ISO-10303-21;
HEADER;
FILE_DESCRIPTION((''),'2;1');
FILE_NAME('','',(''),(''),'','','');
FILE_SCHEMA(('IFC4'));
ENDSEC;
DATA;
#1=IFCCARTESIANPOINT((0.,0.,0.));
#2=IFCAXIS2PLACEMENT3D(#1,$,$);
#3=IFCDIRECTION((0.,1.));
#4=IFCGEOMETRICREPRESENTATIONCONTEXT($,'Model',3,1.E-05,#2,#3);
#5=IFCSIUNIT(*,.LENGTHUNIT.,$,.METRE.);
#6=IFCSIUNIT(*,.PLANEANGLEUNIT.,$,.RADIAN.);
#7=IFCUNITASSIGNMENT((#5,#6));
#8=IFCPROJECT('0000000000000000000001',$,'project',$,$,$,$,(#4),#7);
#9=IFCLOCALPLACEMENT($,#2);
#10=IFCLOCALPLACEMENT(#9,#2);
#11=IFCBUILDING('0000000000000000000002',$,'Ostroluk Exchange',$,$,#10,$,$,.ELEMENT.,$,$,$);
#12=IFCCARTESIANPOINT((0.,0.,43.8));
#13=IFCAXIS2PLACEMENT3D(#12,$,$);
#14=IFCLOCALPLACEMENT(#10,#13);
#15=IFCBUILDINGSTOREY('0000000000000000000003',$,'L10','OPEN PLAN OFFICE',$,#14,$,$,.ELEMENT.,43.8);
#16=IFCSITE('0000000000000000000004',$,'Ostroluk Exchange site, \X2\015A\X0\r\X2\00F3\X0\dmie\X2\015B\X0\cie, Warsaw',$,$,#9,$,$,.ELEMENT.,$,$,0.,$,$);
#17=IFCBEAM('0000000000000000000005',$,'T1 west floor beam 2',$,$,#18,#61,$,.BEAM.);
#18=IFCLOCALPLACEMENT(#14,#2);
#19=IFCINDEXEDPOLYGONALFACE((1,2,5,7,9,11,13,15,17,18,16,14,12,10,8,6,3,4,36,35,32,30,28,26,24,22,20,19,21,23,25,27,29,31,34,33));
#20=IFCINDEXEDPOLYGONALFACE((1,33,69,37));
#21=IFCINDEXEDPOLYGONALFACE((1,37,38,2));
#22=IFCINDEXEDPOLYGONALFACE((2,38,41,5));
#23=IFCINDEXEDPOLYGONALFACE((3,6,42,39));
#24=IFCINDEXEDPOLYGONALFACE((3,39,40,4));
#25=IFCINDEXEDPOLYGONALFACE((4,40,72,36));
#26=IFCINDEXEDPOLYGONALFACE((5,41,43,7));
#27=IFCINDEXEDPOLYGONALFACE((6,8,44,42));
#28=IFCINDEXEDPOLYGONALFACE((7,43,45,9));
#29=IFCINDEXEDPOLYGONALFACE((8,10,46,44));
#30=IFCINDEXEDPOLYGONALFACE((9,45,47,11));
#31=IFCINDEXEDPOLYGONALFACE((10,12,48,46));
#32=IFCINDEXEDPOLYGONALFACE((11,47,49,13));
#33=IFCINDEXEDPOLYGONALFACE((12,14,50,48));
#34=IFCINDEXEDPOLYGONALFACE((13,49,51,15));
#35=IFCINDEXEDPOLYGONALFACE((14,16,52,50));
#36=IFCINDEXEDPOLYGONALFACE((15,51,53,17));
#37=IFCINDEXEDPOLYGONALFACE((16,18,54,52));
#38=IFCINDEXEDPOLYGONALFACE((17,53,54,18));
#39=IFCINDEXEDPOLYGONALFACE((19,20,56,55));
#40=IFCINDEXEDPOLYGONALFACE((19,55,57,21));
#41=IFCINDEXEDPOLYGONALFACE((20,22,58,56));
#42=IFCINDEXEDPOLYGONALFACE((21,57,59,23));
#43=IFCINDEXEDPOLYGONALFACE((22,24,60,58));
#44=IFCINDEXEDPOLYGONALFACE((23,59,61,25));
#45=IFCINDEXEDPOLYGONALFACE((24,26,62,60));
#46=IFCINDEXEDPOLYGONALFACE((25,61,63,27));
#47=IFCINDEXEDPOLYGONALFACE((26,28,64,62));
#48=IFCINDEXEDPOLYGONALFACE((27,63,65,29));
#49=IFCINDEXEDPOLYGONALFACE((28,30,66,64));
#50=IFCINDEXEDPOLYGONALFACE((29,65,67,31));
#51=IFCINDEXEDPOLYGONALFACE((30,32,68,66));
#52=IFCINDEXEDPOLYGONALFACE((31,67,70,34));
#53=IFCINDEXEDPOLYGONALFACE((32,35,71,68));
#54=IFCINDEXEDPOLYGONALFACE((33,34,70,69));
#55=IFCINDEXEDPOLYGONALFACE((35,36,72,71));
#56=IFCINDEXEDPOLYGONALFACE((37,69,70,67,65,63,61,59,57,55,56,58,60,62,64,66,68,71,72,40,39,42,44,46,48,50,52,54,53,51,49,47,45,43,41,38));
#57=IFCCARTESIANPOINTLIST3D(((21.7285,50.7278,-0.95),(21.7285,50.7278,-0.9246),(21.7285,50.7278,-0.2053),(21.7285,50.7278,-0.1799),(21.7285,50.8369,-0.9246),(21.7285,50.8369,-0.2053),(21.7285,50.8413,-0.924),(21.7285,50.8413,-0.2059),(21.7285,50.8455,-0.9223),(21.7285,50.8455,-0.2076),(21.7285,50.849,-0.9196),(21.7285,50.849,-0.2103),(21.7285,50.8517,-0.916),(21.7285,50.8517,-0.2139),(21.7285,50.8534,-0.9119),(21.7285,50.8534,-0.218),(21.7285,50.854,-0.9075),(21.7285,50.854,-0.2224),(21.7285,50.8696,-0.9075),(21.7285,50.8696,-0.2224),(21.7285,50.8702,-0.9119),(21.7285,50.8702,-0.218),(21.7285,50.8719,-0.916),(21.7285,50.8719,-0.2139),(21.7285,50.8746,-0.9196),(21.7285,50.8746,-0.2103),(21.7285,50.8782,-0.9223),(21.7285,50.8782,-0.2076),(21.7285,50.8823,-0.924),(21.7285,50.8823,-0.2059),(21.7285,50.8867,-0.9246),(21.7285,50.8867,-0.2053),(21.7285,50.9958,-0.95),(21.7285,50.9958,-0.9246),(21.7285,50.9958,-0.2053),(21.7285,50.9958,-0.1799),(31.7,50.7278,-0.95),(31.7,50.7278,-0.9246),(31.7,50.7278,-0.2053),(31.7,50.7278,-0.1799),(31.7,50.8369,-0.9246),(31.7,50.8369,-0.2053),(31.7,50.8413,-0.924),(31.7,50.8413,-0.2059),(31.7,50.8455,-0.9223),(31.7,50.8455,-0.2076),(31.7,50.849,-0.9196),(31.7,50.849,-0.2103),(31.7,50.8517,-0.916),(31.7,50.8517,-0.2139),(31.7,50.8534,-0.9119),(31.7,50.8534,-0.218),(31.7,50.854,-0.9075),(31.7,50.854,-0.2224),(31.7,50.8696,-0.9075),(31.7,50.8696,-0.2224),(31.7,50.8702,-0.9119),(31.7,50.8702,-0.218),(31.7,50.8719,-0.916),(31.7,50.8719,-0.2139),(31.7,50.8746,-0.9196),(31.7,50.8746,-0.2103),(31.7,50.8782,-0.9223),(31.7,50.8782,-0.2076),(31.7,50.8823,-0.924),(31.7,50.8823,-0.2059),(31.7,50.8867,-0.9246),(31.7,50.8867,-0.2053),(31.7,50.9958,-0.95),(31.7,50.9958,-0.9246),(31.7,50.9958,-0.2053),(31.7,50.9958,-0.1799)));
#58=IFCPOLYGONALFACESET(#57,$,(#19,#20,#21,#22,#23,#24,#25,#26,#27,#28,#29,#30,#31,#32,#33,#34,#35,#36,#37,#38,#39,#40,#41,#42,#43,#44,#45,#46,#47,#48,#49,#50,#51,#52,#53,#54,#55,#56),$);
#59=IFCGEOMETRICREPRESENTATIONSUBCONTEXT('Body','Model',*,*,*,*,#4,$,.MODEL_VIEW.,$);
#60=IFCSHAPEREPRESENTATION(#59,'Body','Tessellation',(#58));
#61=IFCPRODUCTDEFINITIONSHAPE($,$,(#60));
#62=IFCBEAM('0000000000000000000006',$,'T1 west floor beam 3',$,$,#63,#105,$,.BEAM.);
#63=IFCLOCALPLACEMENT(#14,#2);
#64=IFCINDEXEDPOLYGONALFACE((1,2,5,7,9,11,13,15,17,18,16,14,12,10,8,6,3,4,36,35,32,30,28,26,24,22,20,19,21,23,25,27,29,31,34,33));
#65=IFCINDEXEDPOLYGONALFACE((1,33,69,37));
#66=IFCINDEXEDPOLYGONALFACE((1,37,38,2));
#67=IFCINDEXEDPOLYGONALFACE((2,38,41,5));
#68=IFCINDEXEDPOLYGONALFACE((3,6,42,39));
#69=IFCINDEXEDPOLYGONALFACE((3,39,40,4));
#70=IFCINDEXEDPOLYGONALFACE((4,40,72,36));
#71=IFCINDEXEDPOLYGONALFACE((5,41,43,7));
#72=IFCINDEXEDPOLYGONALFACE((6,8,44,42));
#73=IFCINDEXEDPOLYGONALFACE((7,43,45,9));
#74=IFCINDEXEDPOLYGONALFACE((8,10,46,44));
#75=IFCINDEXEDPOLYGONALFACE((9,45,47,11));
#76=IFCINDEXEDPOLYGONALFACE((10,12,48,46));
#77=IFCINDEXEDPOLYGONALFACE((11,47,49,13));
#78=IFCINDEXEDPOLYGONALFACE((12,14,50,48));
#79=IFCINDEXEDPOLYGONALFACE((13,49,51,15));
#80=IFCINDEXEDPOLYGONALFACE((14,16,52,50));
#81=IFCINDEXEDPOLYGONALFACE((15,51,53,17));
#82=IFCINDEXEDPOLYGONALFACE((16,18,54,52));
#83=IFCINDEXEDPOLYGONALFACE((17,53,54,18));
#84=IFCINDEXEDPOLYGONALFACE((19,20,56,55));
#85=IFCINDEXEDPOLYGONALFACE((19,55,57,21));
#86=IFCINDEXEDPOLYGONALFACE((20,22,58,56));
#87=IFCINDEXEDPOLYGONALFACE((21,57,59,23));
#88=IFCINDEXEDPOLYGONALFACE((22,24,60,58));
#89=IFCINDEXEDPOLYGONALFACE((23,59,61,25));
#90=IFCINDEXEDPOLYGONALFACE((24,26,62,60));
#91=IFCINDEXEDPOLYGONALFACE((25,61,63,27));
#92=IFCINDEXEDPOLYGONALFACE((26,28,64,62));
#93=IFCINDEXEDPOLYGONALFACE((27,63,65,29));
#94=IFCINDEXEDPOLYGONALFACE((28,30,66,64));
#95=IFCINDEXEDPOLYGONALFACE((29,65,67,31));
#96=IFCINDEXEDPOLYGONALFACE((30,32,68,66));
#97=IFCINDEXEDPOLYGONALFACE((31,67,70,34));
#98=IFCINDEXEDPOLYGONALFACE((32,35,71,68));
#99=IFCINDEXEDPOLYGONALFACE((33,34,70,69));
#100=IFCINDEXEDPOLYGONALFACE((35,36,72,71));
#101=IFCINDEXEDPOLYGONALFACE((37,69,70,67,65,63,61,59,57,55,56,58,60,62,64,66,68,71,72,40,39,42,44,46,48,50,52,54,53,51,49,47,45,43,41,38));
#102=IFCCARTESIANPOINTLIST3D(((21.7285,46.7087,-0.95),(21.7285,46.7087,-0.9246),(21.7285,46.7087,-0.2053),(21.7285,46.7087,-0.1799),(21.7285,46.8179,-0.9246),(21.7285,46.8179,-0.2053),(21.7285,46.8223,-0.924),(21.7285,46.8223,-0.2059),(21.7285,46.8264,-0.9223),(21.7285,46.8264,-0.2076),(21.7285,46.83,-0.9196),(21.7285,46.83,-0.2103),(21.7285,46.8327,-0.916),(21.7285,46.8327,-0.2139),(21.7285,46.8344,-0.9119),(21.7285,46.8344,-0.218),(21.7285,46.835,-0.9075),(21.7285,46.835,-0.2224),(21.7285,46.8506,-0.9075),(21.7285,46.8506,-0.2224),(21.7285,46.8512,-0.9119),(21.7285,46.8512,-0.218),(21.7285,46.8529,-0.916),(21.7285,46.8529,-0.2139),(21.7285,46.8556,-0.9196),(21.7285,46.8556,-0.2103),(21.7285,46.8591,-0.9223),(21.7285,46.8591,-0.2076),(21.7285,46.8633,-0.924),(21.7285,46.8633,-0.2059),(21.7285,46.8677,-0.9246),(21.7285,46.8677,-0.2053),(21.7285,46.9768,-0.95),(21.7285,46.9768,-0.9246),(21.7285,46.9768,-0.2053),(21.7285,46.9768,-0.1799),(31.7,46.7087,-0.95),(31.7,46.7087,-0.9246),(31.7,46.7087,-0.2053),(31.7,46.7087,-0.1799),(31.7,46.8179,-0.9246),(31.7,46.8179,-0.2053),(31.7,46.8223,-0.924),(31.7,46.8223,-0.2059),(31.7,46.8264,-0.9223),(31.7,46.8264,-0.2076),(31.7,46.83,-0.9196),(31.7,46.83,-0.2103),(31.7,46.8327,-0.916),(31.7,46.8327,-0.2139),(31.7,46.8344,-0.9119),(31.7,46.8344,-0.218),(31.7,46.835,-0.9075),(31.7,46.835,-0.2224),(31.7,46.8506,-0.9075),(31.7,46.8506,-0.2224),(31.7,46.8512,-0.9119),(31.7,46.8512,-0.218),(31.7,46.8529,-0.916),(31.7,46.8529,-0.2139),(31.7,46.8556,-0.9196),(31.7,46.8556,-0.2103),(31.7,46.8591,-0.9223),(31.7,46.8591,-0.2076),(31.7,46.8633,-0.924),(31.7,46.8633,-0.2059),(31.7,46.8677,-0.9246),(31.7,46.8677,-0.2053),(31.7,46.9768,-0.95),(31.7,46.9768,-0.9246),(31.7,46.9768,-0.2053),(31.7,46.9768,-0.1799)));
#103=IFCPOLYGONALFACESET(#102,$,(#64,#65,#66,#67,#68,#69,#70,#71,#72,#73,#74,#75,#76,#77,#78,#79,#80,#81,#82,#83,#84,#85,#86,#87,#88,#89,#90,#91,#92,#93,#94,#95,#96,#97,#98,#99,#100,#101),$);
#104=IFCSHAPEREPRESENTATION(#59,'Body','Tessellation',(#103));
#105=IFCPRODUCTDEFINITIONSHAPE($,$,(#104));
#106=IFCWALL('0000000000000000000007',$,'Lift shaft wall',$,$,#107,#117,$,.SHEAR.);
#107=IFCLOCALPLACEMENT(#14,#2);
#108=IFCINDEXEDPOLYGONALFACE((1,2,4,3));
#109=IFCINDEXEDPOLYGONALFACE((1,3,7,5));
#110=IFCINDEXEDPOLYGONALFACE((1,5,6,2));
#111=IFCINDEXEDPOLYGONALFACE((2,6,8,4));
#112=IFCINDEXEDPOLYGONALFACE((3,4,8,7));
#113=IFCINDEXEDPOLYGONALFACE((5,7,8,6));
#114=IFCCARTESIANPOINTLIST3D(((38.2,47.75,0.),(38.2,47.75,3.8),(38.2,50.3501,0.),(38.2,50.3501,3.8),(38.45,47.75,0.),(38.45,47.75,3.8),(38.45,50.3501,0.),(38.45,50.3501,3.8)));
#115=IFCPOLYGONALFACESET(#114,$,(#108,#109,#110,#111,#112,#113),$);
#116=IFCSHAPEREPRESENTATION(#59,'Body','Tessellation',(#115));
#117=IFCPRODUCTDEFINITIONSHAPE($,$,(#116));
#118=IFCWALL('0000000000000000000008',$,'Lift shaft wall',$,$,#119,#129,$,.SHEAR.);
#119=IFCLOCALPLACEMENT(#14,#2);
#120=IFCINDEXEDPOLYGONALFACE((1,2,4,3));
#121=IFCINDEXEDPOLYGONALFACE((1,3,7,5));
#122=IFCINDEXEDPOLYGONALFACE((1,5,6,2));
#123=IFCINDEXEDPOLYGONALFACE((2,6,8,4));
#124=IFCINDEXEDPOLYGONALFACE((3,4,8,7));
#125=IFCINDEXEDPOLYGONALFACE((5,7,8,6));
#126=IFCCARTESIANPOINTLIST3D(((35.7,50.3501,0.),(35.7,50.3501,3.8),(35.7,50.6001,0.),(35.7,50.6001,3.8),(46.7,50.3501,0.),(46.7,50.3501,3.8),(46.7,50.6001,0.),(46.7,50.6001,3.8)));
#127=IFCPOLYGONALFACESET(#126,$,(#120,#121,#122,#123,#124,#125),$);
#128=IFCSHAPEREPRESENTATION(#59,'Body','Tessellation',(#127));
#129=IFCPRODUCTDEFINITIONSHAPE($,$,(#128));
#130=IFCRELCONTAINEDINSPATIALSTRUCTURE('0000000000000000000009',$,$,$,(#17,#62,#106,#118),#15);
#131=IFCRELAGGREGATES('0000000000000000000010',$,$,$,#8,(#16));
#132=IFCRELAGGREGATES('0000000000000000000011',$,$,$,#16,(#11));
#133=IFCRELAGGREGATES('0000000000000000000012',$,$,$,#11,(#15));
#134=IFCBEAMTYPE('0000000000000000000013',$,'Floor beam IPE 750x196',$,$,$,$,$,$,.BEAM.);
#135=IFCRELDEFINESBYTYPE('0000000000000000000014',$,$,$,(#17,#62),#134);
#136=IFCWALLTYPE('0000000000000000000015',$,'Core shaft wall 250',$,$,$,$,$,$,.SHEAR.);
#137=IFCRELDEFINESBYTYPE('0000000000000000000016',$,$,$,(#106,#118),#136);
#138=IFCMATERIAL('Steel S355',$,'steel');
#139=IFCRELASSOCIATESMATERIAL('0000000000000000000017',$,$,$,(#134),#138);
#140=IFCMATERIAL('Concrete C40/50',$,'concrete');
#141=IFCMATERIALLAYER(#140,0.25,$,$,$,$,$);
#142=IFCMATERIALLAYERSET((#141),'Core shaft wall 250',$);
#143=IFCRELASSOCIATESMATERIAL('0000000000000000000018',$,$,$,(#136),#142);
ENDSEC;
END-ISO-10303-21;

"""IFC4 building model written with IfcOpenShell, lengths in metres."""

from ifc_helpers import new_model, si_unit, direction, frame, frame_2d, origin, origin_2d, place, context, subcontext, project, spatial, rectangle, i_section, extrude, material, layer, layer_set, material_profile, profile_set, type_object, element, save


model = new_model("IFC4")

# Units and contexts
model_context = context("Model", 3, precision=1e-05, world=origin(), true_north=direction((0.0, 1.0)))
body_context = subcontext(model_context, "Body", "Model", "MODEL_VIEW")
ifc_project = project(units=[si_unit("LENGTHUNIT", "METRE"), si_unit("PLANEANGLEUNIT", "RADIAN")], contexts=[model_context])

# Site, building, storey
site_placement = place(None, origin())
site = spatial("IfcSite", under=ifc_project, at=site_placement, Name="Ostroluk Exchange site, Śródmieście, Warsaw", CompositionType="ELEMENT", RefElevation=0.0)
building_placement = place(site_placement, origin())
building = spatial("IfcBuilding", under=site, at=building_placement, Name="Ostroluk Exchange", CompositionType="ELEMENT")
storey_placement = place(building_placement, frame((0.0, 0.0, 43.8)))
storey = spatial("IfcBuildingStorey", under=building, at=storey_placement, Name="L10", Description="OPEN PLAN OFFICE", CompositionType="ELEMENT", Elevation=43.8)

# Beams
ifc_material_1 = material(Name="Steel S355", Category="steel")
ifc_material_profile = material_profile(ifc_material_1, i_section(OverallWidth=0.2681, OverallDepth=0.77, WebThickness=0.0156, FlangeThickness=0.0254, FilletRadius=0.0171, at=origin_2d()), Name="IPE 750x196")
ifc_profile_set = profile_set([ifc_material_profile], Name="Steel S355")
beam_type = type_object("IfcBeamType", Name="Floor beam IPE 750x196", PredefinedType="BEAM", material=ifc_profile_set)
for number, where, z_axis, x_axis, name in (
    (1, (31.7, 50.8618, -0.5649), (-1.0, 0.0, 0.0), (0.0, -1.0, 0.0), "T1 west floor beam 2"),
    (2, (31.7, 46.8428, -0.5649), (-1.0, 0.0, 0.0), (0.0, -1.0, 0.0), "T1 west floor beam 3"),
):
    element("IfcBeam", number, at=place(storey_placement, frame(where, z_axis=z_axis, x_axis=x_axis)), inside=storey, type_object=beam_type, Name=name, PredefinedType="BEAM", context=body_context, shape_type="SweptSolid", body=[
        extrude(i_section(OverallWidth=0.2681, OverallDepth=0.77, WebThickness=0.0156, FlangeThickness=0.0254, FilletRadius=0.0171, at=origin_2d()), origin(), (0.0, 0.0, 1.0), 9.9714),
    ])

# Walls
ifc_material_2 = material(Name="Concrete C40/50", Category="concrete")
ifc_layer = layer(ifc_material_2, 0.25)
ifc_layer_set = layer_set([ifc_layer], Name="Core shaft wall 250")
wall_type = type_object("IfcWallType", Name="Core shaft wall 250", PredefinedType="SHEAR", material=ifc_layer_set)
wall_1_placement = place(storey_placement, frame((38.325, 47.75, 0.0), z_axis=(0.0, 0.0, 1.0), x_axis=(0.0, 1.0, 0.0)))
element("IfcWall", 3, at=wall_1_placement, inside=storey, type_object=wall_type, Name="Lift shaft wall", PredefinedType="SHEAR", context=body_context, shape_type="SweptSolid", body=[
    extrude(rectangle(XDim=2.6001, YDim=0.25, at=frame_2d((1.3, 0.0))), origin(), (0.0, 0.0, 1.0), 3.8),
])
wall_2_placement = place(storey_placement, frame((35.7, 50.4751, 0.0), z_axis=(0.0, 0.0, 1.0), x_axis=(1.0, 0.0, 0.0)))
element("IfcWall", 4, at=wall_2_placement, inside=storey, type_object=wall_type, Name="Lift shaft wall", PredefinedType="SHEAR", context=body_context, shape_type="SweptSolid", body=[
    extrude(rectangle(XDim=11.0, YDim=0.25, at=frame_2d((5.5, 0.0))), origin(), (0.0, 0.0, 1.0), 3.8),
])

save(model, "model.ifc")
